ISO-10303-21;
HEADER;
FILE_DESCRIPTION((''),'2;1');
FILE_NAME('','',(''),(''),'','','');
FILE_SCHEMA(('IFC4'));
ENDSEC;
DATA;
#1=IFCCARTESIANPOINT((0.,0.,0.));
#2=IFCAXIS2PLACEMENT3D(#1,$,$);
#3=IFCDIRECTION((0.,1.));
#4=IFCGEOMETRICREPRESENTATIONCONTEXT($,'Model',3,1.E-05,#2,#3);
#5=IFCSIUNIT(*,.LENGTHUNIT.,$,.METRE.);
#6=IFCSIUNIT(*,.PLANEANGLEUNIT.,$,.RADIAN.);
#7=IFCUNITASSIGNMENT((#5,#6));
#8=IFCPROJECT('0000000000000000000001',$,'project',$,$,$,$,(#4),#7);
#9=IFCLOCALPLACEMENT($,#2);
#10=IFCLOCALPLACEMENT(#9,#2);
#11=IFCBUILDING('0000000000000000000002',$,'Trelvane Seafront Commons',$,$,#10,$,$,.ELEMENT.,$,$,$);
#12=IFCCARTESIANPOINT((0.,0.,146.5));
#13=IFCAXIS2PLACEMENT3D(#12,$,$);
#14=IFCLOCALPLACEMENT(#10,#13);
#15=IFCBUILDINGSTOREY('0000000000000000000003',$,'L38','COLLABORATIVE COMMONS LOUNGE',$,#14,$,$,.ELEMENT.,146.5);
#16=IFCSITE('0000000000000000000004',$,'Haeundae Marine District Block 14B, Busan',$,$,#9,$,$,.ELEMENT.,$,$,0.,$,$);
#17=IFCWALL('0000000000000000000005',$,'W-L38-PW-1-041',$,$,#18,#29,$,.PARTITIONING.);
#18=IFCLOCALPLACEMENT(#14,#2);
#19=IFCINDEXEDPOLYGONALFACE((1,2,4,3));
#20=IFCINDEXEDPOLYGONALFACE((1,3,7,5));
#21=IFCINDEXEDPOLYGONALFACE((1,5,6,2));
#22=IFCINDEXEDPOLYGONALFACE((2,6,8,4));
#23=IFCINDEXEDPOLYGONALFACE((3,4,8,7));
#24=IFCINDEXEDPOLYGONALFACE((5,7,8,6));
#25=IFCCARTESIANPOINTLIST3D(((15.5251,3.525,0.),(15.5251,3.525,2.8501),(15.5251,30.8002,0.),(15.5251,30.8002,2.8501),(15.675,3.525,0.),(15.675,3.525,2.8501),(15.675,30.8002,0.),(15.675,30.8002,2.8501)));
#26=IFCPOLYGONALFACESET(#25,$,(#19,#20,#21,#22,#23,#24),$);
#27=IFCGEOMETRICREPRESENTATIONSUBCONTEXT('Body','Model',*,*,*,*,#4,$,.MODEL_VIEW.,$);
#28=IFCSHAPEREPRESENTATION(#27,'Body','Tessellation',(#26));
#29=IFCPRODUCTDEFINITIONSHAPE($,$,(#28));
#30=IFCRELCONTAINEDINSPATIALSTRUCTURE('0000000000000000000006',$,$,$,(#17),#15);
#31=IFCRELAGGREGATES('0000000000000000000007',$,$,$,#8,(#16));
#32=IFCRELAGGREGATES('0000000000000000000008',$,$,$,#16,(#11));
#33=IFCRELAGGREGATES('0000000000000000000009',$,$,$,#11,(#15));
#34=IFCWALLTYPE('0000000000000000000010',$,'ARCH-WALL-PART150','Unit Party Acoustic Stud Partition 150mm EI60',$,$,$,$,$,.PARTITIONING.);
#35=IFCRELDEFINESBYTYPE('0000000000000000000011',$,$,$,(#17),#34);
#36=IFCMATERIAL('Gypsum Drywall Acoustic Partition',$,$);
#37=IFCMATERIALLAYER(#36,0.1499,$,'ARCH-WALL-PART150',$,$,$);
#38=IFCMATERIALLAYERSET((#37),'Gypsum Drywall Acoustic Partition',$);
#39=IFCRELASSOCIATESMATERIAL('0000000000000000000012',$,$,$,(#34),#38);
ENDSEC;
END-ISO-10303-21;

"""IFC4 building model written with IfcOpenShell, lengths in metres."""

from ifc_helpers import new_model, si_unit, direction, frame, frame_2d, origin, place, context, subcontext, project, spatial, rectangle, extrude, material, layer, layer_set, type_object, element, save


model = new_model("IFC4")

# Units and contexts
model_context = context("Model", 3, precision=1e-05, world=origin(), true_north=direction((0.0, 1.0)))
body_context = subcontext(model_context, "Body", "Model", "MODEL_VIEW")
ifc_project = project(units=[si_unit("LENGTHUNIT", "METRE"), si_unit("PLANEANGLEUNIT", "RADIAN")], contexts=[model_context])

# Site, building, storey
site_placement = place(None, origin())
site = spatial("IfcSite", under=ifc_project, at=site_placement, Name="Haeundae Marine District Block 14B, Busan", CompositionType="ELEMENT", RefElevation=0.0)
building_placement = place(site_placement, origin())
building = spatial("IfcBuilding", under=site, at=building_placement, Name="Trelvane Seafront Commons", CompositionType="ELEMENT")
storey_placement = place(building_placement, frame((0.0, 0.0, 146.5)))
storey = spatial("IfcBuildingStorey", under=building, at=storey_placement, Name="L38", Description="COLLABORATIVE COMMONS LOUNGE", CompositionType="ELEMENT", Elevation=146.5)

# Wall
ifc_material_1 = material(Name="Gypsum Drywall Acoustic Partition")
ifc_layer_1 = layer(ifc_material_1, 0.1499, Name="ARCH-WALL-PART150")
ifc_layer_set_1 = layer_set([ifc_layer_1], Name="Gypsum Drywall Acoustic Partition")
wall_type_1 = type_object("IfcWallType", Name="ARCH-WALL-PART150", Description="Unit Party Acoustic Stud Partition 150mm EI60", PredefinedType="PARTITIONING", material=ifc_layer_set_1)
wall_1_placement = place(storey_placement, frame((15.6001, 3.5249, 0.0), z_axis=(0.0, 0.0, 1.0), x_axis=(0.0, 1.0, 0.0)))
element("IfcWall", 1, at=wall_1_placement, inside=storey, type_object=wall_type_1, Name="W-L38-PW-1-041", PredefinedType="PARTITIONING", context=body_context, shape_type="SweptSolid", body=[
    extrude(rectangle(XDim=27.2751, YDim=0.1499, at=frame_2d((13.6377, 0.0))), origin(), (0.0, 0.0, 1.0), 2.8501),
])

save(model, "model.ifc")
